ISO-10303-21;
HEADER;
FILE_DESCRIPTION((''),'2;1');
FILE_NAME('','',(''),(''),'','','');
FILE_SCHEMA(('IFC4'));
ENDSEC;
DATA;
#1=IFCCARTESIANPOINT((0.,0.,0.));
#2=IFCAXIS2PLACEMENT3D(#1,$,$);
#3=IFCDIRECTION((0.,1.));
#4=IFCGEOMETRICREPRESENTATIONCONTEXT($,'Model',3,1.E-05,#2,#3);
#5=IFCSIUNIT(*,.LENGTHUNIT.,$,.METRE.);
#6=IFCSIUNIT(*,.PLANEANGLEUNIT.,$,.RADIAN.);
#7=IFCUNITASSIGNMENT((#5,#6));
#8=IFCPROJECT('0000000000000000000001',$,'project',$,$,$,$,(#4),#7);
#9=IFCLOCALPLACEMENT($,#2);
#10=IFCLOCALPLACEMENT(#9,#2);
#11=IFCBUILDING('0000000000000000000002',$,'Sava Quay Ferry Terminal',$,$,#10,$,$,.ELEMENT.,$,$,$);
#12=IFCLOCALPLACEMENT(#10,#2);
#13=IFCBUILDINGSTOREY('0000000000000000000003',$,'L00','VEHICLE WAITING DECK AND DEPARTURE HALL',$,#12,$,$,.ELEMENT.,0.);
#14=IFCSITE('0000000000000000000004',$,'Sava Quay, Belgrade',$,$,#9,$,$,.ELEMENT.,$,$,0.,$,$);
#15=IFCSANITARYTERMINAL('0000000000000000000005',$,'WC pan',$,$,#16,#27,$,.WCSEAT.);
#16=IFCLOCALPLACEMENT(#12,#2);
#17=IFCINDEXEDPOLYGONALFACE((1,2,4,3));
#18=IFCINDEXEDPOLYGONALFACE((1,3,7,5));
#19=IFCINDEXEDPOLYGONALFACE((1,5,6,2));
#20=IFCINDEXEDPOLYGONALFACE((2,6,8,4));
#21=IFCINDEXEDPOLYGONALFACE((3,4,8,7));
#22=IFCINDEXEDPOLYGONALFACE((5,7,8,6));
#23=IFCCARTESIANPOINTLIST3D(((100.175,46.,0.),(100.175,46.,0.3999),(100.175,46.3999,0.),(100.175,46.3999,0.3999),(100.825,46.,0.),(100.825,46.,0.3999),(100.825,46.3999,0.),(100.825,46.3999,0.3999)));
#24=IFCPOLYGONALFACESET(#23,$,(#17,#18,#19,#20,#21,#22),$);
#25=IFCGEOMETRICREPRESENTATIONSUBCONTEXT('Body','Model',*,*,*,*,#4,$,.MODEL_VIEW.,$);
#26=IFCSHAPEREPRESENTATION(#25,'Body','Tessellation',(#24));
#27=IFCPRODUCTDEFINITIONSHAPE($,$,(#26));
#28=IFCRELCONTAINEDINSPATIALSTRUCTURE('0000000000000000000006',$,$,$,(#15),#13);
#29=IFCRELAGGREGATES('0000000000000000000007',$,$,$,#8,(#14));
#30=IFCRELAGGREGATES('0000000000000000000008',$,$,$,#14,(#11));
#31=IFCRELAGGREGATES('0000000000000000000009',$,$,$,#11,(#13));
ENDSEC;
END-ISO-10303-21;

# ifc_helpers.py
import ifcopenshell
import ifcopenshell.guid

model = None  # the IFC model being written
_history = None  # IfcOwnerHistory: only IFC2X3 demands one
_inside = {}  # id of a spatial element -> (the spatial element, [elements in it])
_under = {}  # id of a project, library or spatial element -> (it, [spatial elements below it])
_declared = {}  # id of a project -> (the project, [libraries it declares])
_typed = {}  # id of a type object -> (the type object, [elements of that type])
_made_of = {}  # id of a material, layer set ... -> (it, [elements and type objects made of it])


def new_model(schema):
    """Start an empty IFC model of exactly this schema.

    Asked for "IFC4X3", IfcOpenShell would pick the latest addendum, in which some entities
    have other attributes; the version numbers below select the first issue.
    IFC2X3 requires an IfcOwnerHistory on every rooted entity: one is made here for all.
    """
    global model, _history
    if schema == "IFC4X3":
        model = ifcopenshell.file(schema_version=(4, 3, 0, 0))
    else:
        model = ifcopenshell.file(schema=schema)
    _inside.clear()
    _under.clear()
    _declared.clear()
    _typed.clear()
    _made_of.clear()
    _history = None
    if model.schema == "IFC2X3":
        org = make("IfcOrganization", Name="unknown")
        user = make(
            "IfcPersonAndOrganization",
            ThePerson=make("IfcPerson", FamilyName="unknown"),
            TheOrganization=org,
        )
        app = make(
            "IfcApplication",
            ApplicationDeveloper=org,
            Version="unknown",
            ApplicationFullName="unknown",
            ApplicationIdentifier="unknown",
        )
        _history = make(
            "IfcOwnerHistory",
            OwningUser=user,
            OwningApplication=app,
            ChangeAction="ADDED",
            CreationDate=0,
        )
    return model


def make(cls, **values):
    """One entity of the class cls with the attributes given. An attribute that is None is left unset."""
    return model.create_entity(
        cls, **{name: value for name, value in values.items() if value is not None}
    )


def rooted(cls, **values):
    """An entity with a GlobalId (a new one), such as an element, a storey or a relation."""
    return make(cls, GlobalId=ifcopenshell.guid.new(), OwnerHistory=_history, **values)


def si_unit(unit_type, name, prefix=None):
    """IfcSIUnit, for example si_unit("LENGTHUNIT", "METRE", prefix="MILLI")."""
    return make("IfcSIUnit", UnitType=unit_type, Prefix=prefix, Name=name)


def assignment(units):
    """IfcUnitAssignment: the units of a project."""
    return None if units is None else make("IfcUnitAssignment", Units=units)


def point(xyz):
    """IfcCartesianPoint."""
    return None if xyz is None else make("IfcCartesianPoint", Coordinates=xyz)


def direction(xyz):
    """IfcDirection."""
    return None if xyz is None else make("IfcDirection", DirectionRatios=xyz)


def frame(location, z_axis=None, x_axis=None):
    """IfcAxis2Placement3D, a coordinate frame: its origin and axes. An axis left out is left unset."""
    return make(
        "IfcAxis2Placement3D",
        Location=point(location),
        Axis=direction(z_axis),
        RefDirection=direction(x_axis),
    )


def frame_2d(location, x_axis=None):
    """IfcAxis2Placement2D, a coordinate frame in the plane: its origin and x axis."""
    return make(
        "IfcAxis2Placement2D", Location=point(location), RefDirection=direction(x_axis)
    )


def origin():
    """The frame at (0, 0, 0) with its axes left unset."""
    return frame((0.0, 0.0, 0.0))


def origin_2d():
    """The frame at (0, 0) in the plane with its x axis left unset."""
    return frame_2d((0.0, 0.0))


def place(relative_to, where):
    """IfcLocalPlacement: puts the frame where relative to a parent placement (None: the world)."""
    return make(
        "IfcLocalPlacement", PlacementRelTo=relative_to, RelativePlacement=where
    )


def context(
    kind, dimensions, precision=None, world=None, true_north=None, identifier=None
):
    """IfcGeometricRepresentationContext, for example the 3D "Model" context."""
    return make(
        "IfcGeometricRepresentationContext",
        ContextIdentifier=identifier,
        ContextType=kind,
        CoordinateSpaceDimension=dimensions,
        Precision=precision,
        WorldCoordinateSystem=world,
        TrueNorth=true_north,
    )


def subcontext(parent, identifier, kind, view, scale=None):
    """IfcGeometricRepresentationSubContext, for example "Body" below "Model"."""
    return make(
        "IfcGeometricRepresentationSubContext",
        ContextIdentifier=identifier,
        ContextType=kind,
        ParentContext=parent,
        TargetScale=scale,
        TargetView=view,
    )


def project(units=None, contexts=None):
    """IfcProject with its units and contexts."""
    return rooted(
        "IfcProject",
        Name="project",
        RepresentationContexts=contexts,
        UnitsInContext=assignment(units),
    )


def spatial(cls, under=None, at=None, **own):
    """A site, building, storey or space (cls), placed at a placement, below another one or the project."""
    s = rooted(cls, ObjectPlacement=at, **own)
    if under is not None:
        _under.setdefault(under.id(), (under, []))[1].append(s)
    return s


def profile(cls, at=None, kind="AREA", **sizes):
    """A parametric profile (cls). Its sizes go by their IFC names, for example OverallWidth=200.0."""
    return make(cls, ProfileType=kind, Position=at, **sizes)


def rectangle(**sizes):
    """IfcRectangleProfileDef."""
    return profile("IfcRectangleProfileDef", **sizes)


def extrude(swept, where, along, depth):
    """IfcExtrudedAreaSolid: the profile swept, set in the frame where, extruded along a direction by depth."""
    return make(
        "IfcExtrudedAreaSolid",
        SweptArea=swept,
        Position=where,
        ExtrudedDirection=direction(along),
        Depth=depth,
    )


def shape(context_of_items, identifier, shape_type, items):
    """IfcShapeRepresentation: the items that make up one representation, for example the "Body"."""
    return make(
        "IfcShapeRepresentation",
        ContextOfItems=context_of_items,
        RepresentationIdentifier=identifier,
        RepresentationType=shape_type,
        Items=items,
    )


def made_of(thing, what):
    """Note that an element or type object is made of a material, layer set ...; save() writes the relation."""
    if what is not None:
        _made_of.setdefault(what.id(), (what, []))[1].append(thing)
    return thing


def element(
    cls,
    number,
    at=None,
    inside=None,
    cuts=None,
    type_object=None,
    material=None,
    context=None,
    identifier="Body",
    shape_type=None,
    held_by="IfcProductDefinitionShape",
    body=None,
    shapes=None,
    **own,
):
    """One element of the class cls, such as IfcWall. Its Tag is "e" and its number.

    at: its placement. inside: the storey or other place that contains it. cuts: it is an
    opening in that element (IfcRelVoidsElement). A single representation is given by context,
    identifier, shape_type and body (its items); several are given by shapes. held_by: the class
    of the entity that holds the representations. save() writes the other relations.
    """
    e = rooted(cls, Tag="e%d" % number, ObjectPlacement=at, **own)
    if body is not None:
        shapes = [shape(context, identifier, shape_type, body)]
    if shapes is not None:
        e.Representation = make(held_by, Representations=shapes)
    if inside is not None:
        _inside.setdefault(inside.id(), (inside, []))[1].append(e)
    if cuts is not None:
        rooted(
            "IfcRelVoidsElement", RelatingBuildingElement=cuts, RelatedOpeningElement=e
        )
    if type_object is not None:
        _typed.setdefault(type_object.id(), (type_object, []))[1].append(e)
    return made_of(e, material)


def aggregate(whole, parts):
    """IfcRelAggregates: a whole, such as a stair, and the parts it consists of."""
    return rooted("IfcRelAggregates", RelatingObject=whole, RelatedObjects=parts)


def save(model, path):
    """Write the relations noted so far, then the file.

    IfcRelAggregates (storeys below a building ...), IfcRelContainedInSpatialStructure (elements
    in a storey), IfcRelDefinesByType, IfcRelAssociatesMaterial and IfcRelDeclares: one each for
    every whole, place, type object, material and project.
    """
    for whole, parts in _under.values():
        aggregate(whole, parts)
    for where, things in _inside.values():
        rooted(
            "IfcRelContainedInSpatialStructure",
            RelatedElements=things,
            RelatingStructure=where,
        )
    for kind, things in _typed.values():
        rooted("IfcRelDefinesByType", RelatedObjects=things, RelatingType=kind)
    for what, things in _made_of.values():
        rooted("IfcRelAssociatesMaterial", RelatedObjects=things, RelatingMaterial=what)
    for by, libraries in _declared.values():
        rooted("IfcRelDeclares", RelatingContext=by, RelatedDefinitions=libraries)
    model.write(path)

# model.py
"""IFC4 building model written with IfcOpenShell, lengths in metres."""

from ifc_helpers import new_model, si_unit, direction, frame, origin, origin_2d, place, context, subcontext, project, spatial, rectangle, extrude, element, save


model = new_model("IFC4")

# Units and contexts
model_context = context("Model", 3, precision=1e-05, world=origin(), true_north=direction((0.0, 1.0)))
body_context = subcontext(model_context, "Body", "Model", "MODEL_VIEW")
ifc_project = project(units=[si_unit("LENGTHUNIT", "METRE"), si_unit("PLANEANGLEUNIT", "RADIAN")], contexts=[model_context])

# Site, building, storey
site_placement = place(None, origin())
site = spatial("IfcSite", under=ifc_project, at=site_placement, Name="Sava Quay, Belgrade", CompositionType="ELEMENT", RefElevation=0.0)
building_placement = place(site_placement, origin())
building = spatial("IfcBuilding", under=site, at=building_placement, Name="Sava Quay Ferry Terminal", CompositionType="ELEMENT")
storey_placement = place(building_placement, origin())
storey = spatial("IfcBuildingStorey", under=building, at=storey_placement, Name="L00", Description="VEHICLE WAITING DECK AND DEPARTURE HALL", CompositionType="ELEMENT", Elevation=0.0)

# Sanitary terminal
sanitary_terminal_placement = place(storey_placement, frame((100.5, 46.2, 0.0), z_axis=(0.0, 0.0, 1.0), x_axis=(1.0, 0.0, 0.0)))
element("IfcSanitaryTerminal", 1, at=sanitary_terminal_placement, inside=storey, Name="WC pan", PredefinedType="WCSEAT", context=body_context, shape_type="SweptSolid", body=[
    extrude(rectangle(XDim=0.6499, YDim=0.3999, at=origin_2d()), origin(), (0.0, 0.0, 1.0), 0.3999),
])

save(model, "model.ifc")
